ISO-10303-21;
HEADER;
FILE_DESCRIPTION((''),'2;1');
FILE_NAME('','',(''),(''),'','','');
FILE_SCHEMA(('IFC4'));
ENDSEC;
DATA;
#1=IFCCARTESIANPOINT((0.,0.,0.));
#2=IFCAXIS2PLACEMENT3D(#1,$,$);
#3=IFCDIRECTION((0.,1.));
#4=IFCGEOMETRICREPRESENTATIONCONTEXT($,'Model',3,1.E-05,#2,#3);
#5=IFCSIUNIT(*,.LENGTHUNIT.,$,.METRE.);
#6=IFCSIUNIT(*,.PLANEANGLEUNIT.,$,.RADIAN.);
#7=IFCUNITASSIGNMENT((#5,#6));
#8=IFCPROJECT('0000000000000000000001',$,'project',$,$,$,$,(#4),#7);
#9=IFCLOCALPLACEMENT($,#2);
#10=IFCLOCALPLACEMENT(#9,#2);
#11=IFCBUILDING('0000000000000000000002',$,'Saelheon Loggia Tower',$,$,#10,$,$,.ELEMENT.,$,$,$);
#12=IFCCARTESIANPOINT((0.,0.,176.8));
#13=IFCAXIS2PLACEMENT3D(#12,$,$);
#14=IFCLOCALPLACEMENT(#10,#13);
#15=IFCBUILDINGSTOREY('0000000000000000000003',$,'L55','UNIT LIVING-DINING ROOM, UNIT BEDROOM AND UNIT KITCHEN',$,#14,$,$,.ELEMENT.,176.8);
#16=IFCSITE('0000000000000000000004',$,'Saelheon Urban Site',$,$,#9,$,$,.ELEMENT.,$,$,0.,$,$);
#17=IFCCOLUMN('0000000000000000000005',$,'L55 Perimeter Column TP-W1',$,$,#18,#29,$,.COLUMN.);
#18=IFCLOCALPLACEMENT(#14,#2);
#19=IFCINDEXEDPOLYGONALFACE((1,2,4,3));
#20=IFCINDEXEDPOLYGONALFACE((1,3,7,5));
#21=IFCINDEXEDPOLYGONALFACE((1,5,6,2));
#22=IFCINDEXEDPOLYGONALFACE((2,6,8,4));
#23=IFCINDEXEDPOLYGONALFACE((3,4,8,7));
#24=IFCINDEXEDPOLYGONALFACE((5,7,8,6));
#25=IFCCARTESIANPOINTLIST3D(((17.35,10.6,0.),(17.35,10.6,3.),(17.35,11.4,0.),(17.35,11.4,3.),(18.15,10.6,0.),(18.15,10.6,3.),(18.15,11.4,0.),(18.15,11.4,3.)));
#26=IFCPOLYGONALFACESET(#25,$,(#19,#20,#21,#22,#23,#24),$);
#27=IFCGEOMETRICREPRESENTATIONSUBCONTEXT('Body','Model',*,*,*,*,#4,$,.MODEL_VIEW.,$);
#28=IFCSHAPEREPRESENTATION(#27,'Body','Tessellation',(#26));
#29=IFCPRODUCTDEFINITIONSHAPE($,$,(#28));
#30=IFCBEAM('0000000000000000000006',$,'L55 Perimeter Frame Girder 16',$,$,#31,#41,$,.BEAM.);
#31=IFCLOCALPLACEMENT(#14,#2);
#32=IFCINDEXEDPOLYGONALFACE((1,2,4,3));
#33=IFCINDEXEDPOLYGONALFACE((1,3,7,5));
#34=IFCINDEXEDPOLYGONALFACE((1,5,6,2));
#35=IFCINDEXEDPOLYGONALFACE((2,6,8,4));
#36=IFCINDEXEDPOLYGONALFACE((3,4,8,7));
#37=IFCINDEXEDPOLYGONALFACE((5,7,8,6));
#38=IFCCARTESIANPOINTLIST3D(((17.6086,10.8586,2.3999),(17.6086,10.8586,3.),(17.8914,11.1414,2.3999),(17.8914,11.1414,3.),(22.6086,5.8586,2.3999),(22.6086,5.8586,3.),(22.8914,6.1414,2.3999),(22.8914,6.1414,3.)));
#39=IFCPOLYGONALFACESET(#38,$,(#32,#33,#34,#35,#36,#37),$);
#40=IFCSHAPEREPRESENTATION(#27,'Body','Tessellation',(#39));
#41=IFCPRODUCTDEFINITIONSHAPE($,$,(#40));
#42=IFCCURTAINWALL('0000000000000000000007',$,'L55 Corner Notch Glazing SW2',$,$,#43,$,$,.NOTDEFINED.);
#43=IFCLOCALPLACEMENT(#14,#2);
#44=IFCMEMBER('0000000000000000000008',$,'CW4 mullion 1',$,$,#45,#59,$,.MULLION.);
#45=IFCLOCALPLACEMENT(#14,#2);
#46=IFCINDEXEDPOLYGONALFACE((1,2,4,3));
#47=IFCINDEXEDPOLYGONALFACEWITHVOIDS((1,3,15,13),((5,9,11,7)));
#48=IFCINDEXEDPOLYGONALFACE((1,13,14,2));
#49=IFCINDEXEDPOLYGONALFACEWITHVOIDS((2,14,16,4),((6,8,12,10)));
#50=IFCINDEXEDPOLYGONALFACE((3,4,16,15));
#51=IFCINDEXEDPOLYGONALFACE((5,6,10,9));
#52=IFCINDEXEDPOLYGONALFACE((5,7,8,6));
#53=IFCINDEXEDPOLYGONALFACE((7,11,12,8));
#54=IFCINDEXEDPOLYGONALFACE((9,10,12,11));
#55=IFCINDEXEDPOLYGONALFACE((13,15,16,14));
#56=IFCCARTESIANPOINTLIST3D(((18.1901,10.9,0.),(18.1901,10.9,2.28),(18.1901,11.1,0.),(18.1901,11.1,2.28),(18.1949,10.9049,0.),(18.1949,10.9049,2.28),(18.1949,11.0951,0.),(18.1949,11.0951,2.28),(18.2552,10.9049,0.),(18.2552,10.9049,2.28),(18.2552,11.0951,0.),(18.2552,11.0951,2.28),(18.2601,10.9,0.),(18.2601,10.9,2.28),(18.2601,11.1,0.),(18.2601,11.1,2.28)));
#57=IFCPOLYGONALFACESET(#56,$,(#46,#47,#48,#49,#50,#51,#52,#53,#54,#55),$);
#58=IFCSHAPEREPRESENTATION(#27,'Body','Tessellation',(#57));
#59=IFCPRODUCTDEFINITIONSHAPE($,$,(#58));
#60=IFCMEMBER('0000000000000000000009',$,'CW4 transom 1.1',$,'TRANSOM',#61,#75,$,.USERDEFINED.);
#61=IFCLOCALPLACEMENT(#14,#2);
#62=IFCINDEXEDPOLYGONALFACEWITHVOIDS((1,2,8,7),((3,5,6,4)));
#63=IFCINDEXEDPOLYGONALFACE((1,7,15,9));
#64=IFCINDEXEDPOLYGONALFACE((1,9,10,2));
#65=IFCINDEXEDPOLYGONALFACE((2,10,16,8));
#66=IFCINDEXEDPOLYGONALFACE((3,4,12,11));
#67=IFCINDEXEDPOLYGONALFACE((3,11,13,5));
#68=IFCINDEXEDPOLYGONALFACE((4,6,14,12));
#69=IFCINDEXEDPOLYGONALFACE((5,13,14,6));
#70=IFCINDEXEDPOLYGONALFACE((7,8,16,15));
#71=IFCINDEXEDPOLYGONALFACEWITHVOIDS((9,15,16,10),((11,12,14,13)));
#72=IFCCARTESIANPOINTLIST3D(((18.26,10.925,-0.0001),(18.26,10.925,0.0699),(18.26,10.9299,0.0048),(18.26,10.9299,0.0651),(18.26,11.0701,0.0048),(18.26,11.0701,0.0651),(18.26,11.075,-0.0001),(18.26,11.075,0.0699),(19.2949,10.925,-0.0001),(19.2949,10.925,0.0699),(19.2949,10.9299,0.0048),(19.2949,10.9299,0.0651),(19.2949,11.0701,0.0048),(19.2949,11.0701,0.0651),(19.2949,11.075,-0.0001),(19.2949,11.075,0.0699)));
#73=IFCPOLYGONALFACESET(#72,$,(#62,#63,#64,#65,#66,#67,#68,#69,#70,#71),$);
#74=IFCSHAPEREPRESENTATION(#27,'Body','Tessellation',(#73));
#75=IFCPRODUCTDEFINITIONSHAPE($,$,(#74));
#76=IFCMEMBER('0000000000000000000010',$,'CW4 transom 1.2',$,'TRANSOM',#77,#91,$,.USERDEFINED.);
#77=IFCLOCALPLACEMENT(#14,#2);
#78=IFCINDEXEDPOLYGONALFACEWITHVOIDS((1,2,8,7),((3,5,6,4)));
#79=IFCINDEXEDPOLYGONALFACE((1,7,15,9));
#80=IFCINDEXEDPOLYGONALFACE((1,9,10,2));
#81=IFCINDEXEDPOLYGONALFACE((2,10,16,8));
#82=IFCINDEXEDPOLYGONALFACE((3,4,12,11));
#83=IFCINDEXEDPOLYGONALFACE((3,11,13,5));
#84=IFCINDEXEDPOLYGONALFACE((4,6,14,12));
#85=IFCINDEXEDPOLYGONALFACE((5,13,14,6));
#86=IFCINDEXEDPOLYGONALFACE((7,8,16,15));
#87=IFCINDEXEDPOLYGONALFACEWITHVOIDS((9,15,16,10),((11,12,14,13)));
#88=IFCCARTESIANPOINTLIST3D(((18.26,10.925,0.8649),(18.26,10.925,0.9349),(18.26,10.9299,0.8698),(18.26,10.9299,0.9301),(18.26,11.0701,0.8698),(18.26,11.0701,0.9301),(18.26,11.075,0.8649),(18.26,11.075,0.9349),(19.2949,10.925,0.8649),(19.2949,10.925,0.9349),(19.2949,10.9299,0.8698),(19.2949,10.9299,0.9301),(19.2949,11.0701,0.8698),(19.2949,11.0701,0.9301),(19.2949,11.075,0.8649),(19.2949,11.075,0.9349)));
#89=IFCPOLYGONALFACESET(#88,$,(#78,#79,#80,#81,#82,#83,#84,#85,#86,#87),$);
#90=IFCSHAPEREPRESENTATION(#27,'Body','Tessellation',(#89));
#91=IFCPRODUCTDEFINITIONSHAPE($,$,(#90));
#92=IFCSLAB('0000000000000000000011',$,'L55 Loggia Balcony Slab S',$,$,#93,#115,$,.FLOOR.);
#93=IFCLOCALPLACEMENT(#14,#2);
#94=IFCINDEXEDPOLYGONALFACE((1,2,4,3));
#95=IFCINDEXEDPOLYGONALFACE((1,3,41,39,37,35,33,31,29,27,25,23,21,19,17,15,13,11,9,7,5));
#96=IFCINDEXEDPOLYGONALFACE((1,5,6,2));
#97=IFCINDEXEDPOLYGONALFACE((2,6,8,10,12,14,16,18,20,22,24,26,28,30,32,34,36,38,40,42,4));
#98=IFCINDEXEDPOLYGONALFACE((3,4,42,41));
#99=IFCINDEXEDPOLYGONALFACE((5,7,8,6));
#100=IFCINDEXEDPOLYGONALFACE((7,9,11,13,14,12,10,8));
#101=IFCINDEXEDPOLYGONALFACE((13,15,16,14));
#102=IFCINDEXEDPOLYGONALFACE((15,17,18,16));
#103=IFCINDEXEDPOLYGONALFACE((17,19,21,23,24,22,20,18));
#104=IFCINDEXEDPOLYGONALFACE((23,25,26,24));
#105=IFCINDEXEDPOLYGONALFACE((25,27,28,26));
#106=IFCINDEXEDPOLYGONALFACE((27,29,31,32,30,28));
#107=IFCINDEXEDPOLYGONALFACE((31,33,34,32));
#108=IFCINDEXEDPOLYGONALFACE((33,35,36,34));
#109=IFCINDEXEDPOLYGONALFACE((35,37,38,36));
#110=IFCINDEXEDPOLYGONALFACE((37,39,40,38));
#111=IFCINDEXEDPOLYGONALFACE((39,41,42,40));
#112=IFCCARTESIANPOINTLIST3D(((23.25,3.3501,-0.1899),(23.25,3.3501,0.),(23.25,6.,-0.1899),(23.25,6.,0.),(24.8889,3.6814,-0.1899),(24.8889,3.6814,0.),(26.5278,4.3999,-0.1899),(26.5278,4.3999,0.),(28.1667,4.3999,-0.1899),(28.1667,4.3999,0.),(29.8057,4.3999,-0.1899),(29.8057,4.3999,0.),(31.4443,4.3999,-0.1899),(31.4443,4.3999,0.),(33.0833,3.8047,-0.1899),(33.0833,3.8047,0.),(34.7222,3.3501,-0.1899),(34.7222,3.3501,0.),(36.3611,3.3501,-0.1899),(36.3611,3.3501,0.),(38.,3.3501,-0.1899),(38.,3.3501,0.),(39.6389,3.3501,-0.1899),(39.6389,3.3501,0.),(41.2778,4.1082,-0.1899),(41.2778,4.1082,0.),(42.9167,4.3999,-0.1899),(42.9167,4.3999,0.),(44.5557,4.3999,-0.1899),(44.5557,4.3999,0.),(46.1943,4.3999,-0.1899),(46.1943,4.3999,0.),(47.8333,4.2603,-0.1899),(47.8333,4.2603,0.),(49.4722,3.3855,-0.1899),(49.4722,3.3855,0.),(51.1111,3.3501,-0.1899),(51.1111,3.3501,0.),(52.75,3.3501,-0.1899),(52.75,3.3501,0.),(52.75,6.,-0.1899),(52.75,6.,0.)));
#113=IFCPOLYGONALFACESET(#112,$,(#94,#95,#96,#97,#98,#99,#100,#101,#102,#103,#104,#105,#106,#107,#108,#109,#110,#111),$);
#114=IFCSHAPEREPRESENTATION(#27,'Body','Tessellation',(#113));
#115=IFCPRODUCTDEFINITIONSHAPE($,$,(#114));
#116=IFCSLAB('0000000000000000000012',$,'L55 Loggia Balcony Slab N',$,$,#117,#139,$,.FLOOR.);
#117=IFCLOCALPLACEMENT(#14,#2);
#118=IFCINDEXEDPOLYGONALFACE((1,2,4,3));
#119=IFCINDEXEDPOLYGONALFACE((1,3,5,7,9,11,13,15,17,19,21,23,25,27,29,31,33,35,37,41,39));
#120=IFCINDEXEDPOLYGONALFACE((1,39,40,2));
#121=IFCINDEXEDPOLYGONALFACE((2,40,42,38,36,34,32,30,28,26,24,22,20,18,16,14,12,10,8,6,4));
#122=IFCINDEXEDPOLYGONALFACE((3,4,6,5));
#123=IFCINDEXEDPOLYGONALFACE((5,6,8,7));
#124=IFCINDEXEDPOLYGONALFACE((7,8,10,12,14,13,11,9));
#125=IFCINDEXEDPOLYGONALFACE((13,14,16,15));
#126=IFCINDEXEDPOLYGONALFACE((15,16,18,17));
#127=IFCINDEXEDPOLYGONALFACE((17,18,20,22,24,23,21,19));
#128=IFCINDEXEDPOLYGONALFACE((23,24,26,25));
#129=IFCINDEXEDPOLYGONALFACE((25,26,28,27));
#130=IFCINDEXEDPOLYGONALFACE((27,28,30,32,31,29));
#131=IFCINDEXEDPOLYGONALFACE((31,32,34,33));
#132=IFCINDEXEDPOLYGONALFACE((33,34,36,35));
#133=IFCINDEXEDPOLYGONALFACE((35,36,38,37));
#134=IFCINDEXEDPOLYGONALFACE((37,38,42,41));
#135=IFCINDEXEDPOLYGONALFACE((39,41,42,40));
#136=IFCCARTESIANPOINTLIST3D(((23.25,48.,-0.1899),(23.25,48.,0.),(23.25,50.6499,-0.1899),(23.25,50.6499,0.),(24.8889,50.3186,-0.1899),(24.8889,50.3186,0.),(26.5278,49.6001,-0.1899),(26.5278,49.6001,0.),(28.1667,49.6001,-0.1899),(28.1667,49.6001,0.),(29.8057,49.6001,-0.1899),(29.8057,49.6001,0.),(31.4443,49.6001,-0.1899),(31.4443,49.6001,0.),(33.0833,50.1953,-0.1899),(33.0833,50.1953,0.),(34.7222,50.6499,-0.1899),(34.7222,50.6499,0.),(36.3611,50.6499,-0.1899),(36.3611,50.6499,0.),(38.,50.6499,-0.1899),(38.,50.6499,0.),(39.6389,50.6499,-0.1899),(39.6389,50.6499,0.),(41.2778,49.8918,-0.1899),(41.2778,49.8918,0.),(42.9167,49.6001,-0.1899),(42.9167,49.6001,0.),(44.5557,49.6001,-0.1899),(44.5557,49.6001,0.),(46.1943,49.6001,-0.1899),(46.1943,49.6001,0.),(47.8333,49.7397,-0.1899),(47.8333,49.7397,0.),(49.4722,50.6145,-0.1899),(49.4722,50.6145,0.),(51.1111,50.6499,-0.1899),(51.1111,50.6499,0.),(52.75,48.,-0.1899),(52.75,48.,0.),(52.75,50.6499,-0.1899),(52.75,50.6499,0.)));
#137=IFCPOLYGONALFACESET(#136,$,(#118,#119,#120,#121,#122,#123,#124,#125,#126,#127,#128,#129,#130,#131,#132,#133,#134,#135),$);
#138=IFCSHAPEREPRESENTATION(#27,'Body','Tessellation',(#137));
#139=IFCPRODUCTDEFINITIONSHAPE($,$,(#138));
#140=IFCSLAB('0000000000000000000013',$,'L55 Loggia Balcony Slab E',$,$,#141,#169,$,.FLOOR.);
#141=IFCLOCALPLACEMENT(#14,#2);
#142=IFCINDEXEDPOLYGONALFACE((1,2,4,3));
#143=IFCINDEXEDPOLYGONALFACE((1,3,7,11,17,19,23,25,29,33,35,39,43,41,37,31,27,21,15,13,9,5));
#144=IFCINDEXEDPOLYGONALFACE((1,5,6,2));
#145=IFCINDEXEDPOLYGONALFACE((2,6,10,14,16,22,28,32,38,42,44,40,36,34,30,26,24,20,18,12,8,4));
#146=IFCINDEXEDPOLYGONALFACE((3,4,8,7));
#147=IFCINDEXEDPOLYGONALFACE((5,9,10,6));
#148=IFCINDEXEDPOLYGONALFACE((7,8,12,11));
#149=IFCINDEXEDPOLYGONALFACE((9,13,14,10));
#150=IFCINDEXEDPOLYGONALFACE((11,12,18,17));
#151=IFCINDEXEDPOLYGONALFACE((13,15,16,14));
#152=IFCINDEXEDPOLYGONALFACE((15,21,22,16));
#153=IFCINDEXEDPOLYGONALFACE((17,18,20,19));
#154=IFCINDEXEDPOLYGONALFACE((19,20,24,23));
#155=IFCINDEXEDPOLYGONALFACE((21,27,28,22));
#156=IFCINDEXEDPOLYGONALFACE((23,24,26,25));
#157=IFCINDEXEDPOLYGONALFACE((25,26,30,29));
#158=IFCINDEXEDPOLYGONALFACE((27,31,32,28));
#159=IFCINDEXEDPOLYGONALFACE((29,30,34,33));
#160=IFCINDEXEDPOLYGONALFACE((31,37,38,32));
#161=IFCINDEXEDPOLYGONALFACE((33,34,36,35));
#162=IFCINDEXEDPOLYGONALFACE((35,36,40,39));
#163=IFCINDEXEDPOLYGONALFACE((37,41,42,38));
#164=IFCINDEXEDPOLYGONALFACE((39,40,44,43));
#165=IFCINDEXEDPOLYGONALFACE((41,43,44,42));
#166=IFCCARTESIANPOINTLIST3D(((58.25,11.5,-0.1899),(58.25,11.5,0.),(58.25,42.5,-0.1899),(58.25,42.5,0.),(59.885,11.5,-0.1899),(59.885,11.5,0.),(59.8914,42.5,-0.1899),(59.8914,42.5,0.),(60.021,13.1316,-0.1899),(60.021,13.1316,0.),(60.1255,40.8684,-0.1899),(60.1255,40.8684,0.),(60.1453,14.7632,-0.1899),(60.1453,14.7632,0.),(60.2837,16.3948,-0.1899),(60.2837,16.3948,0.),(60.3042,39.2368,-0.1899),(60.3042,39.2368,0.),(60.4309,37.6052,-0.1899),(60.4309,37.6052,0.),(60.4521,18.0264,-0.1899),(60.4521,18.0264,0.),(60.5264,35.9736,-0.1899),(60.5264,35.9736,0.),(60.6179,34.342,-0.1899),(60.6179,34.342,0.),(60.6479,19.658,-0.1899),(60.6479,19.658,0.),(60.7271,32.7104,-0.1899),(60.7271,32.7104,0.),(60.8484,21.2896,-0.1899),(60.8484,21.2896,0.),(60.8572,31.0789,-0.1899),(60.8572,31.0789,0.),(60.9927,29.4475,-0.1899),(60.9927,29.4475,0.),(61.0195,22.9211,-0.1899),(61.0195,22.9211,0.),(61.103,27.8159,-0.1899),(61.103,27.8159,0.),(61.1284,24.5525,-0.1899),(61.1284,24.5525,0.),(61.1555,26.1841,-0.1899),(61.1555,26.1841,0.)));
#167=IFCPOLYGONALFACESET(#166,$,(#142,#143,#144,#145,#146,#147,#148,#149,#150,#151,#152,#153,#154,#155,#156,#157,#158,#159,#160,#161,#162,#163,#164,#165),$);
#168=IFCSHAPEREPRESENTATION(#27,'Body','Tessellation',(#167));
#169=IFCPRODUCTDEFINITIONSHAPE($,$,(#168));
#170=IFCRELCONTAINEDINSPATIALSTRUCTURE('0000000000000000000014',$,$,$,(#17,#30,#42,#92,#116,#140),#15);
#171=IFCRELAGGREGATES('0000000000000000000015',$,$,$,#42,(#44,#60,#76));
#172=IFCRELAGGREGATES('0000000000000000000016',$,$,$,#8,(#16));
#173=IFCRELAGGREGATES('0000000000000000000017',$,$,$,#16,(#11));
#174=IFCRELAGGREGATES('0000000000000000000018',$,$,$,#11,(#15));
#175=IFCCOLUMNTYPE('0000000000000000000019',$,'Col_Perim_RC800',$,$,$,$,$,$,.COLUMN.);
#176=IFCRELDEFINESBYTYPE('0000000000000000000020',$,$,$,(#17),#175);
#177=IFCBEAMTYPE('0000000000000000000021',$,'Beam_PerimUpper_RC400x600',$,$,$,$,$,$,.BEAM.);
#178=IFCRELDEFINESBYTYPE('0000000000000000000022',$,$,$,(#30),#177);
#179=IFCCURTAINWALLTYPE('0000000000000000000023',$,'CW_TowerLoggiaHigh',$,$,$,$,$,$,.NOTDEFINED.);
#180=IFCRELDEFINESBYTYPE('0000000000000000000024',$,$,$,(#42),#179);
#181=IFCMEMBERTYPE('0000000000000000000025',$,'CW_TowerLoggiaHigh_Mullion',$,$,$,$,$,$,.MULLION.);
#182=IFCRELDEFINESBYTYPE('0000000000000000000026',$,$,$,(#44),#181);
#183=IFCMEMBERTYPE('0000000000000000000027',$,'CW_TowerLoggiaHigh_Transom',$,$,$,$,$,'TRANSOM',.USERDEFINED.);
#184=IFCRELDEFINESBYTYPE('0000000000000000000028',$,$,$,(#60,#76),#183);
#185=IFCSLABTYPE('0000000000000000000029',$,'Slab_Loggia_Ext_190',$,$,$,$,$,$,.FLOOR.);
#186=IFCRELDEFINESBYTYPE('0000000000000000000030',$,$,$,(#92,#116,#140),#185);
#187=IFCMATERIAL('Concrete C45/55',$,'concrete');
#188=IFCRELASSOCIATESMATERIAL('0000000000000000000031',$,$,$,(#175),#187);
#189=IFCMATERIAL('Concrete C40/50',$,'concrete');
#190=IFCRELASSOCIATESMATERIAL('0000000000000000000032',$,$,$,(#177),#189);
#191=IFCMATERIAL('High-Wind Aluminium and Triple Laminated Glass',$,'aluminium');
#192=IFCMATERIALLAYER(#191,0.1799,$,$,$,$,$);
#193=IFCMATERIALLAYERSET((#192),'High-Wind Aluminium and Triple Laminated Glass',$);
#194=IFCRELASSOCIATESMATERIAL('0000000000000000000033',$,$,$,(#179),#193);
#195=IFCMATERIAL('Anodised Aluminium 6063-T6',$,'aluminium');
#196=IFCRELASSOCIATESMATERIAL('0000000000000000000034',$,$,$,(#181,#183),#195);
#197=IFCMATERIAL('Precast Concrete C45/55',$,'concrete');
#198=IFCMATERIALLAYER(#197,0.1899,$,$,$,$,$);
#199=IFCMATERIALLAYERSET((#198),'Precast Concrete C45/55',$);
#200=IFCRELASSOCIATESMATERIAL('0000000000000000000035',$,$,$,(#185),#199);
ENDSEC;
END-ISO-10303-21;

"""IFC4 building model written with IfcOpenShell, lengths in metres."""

from ifc_helpers import new_model, si_unit, direction, frame, origin, origin_2d, place, context, subcontext, project, spatial, polyline, rectangle, hollow_rectangle, outline, extrude, source, transform, mapped, material, layer, layer_set, material_profile, profile_set, type_object, element, aggregate, save


model = new_model("IFC4")

# Units and contexts
model_context = context("Model", 3, precision=1e-05, world=origin(), true_north=direction((0.0, 1.0)))
body_context = subcontext(model_context, "Body", "Model", "MODEL_VIEW")
ifc_project = project(units=[si_unit("LENGTHUNIT", "METRE"), si_unit("PLANEANGLEUNIT", "RADIAN")], contexts=[model_context])

# Site, building, storey
site_placement = place(None, origin())
site = spatial("IfcSite", under=ifc_project, at=site_placement, Name="Saelheon Urban Site", CompositionType="ELEMENT", RefElevation=0.0)
building_placement = place(site_placement, origin())
building = spatial("IfcBuilding", under=site, at=building_placement, Name="Saelheon Loggia Tower", CompositionType="ELEMENT")
storey_placement = place(building_placement, frame((0.0, 0.0, 176.8)))
storey = spatial("IfcBuildingStorey", under=building, at=storey_placement, Name="L55", Description="UNIT LIVING-DINING ROOM, UNIT BEDROOM AND UNIT KITCHEN", CompositionType="ELEMENT", Elevation=176.8)

# Column
ifc_material_1 = material(Name="Concrete C45/55", Category="concrete")
ifc_material_profile_1 = material_profile(ifc_material_1, rectangle(XDim=0.8, YDim=0.8, at=origin_2d()), Name="RC-800x800")
ifc_profile_set_1 = profile_set([ifc_material_profile_1], Name="Concrete C45/55")
column_type = type_object("IfcColumnType", Name="Col_Perim_RC800", PredefinedType="COLUMN", material=ifc_profile_set_1)
shared_shape_1 = source(origin(), body_context, "Body", "SweptSolid", [
    extrude(rectangle(XDim=0.8, YDim=0.8, at=origin_2d()), origin(), (0.0, 0.0, 1.0), 3.0),
])
column_placement = place(storey_placement, frame((17.75, 11.0, 0.0), z_axis=(0.0, 0.0, 1.0), x_axis=(1.0, 0.0, 0.0)))
element("IfcColumn", 1, at=column_placement, inside=storey, type_object=column_type, Name="L55 Perimeter Column TP-W1", PredefinedType="COLUMN", context=body_context, shape_type="MappedRepresentation", body=[
    mapped(shared_shape_1, transform((0.0, 0.0, 0.0), scale=1.0)),
])

# Beam
ifc_material_2 = material(Name="Concrete C40/50", Category="concrete")
ifc_material_profile_2 = material_profile(ifc_material_2, rectangle(XDim=0.3999, YDim=0.6001, at=origin_2d()), Name="RC-400x600")
ifc_profile_set_2 = profile_set([ifc_material_profile_2], Name="Concrete C40/50")
beam_type = type_object("IfcBeamType", Name="Beam_PerimUpper_RC400x600", PredefinedType="BEAM", material=ifc_profile_set_2)
shared_shape_2 = source(origin(), body_context, "Body", "SweptSolid", [
    extrude(rectangle(XDim=0.3999, YDim=0.6001, at=origin_2d()), origin(), (0.0, 0.0, 1.0), 7.071),
])
beam_placement = place(storey_placement, frame((17.75, 11.0, 2.7), z_axis=(0.707107, -0.707107, 0.0), x_axis=(0.707107, 0.707107, 0.0)))
element("IfcBeam", 2, at=beam_placement, inside=storey, type_object=beam_type, Name="L55 Perimeter Frame Girder 16", PredefinedType="BEAM", context=body_context, shape_type="MappedRepresentation", body=[
    mapped(shared_shape_2, transform((0.0, 0.0, 0.0), scale=1.0)),
])

# Curtain wall, members
ifc_material_3 = material(Name="High-Wind Aluminium and Triple Laminated Glass", Category="aluminium")
ifc_layer_1 = layer(ifc_material_3, 0.1799)
ifc_layer_set_1 = layer_set([ifc_layer_1], Name="High-Wind Aluminium and Triple Laminated Glass")
curtain_wall_type = type_object("IfcCurtainWallType", Name="CW_TowerLoggiaHigh", PredefinedType="NOTDEFINED", material=ifc_layer_set_1)
curtain_wall_placement = place(storey_placement, origin())
curtain_wall = element("IfcCurtainWall", 3, at=curtain_wall_placement, inside=storey, type_object=curtain_wall_type, Name="L55 Corner Notch Glazing SW2", PredefinedType="NOTDEFINED")
ifc_material_4 = material(Name="Anodised Aluminium 6063-T6", Category="aluminium")
ifc_material_profile_3 = material_profile(ifc_material_4, hollow_rectangle(XDim=0.0701, YDim=0.2, WallThickness=0.0049, at=origin_2d()), Name="RHS-200x70x5")
ifc_profile_set_3 = profile_set([ifc_material_profile_3], Name="Anodised Aluminium 6063-T6")
member_type_1 = type_object("IfcMemberType", Name="CW_TowerLoggiaHigh_Mullion", PredefinedType="MULLION", material=ifc_profile_set_3)
shared_shape_3 = source(origin(), body_context, "Body", "SweptSolid", [
    extrude(hollow_rectangle(XDim=0.0701, YDim=0.2, WallThickness=0.0049, at=origin_2d()), origin(), (0.0, 0.0, 1.0), 2.28),
])
member_1_placement = place(storey_placement, frame((18.2251, 11.0, 0.0), z_axis=(0.0, 0.0, 1.0), x_axis=(1.0, 0.0, 0.0)))
member_1 = element("IfcMember", 4, at=member_1_placement, type_object=member_type_1, Name="CW4 mullion 1", PredefinedType="MULLION", context=body_context, shape_type="MappedRepresentation", body=[
    mapped(shared_shape_3, transform((0.0, 0.0, 0.0), scale=1.0)),
])
ifc_material_profile_4 = material_profile(ifc_material_4, hollow_rectangle(XDim=0.0701, YDim=0.1499, WallThickness=0.0049, at=origin_2d()), Name="RHS-150x70x5")
ifc_profile_set_4 = profile_set([ifc_material_profile_4], Name="Anodised Aluminium 6063-T6")
member_type_2 = type_object("IfcMemberType", Name="CW_TowerLoggiaHigh_Transom", ElementType="TRANSOM", PredefinedType="USERDEFINED", material=ifc_profile_set_4)
shared_shape_4 = source(origin(), body_context, "Body", "SweptSolid", [
    extrude(hollow_rectangle(XDim=0.0701, YDim=0.1499, WallThickness=0.0049, at=origin_2d()), origin(), (0.0, 0.0, 1.0), 1.0349),
])
member_2_placement = place(storey_placement, frame((18.26, 11.0, 0.0349), z_axis=(1.0, 0.0, 0.0), x_axis=(0.0, 0.0, 1.0)))
member_2 = element("IfcMember", 5, at=member_2_placement, type_object=member_type_2, Name="CW4 transom 1.1", ObjectType="TRANSOM", PredefinedType="USERDEFINED", context=body_context, shape_type="MappedRepresentation", body=[
    mapped(shared_shape_4, transform((0.0, 0.0, 0.0), scale=1.0)),
])
member_3_placement = place(storey_placement, frame((18.26, 11.0, 0.8999), z_axis=(1.0, 0.0, 0.0), x_axis=(0.0, 0.0, 1.0)))
member_3 = element("IfcMember", 6, at=member_3_placement, type_object=member_type_2, Name="CW4 transom 1.2", ObjectType="TRANSOM", PredefinedType="USERDEFINED", context=body_context, shape_type="MappedRepresentation", body=[
    mapped(shared_shape_4, transform((0.0, 0.0, 0.0), scale=1.0)),
])
aggregate(curtain_wall, [member_1, member_2, member_3])

# Slabs
ifc_material_5 = material(Name="Precast Concrete C45/55", Category="concrete")
ifc_layer_2 = layer(ifc_material_5, 0.1899)
ifc_layer_set_2 = layer_set([ifc_layer_2], Name="Precast Concrete C45/55")
slab_type_1 = type_object("IfcSlabType", Name="Slab_Loggia_Ext_190", PredefinedType="FLOOR", material=ifc_layer_set_2)
slab_1_placement = place(storey_placement, frame((0.0, 0.0, -0.1899)))
element("IfcSlab", 7, at=slab_1_placement, inside=storey, type_object=slab_type_1, Name="L55 Loggia Balcony Slab S", PredefinedType="FLOOR", context=body_context, shape_type="SweptSolid", body=[
    extrude(outline(polyline([(23.25, 3.3501), (24.8889, 3.6814), (26.5278, 4.3999), (28.1667, 4.3999), (29.8057, 4.3999), (31.4443, 4.3999), (33.0833, 3.8047), (34.7222, 3.3501), (36.3611, 3.3501), (38.0, 3.3501), (39.6389, 3.3501), (41.2778, 4.1082), (42.9167, 4.3999), (44.5557, 4.3999), (46.1943, 4.3999), (47.8333, 4.2603), (49.4722, 3.3855), (51.1111, 3.3501), (52.75, 3.3501), (52.75, 6.0), (23.25, 6.0), (23.25, 3.3501)])), origin(), (0.0, 0.0, 1.0), 0.1899),
])
slab_2_placement = place(storey_placement, frame((0.0, 0.0, -0.1899)))
element("IfcSlab", 8, at=slab_2_placement, inside=storey, type_object=slab_type_1, Name="L55 Loggia Balcony Slab N", PredefinedType="FLOOR", context=body_context, shape_type="SweptSolid", body=[
    extrude(outline(polyline([(23.25, 48.0), (52.75, 48.0), (52.75, 50.6499), (51.1111, 50.6499), (49.4722, 50.6145), (47.8333, 49.7397), (46.1943, 49.6001), (44.5557, 49.6001), (42.9167, 49.6001), (41.2778, 49.8918), (39.6389, 50.6499), (38.0, 50.6499), (36.3611, 50.6499), (34.7222, 50.6499), (33.0833, 50.1953), (31.4443, 49.6001), (29.8057, 49.6001), (28.1667, 49.6001), (26.5278, 49.6001), (24.8889, 50.3186), (23.25, 50.6499), (23.25, 48.0)])), origin(), (0.0, 0.0, 1.0), 0.1899),
])
slab_3_placement = place(storey_placement, frame((0.0, 0.0, -0.1899)))
element("IfcSlab", 9, at=slab_3_placement, inside=storey, type_object=slab_type_1, Name="L55 Loggia Balcony Slab E", PredefinedType="FLOOR", context=body_context, shape_type="SweptSolid", body=[
    extrude(outline(polyline([(58.25, 11.5), (59.885, 11.5), (60.021, 13.1316), (60.1453, 14.7632), (60.2837, 16.3948), (60.4521, 18.0264), (60.6479, 19.658), (60.8484, 21.2896), (61.0195, 22.9211), (61.1284, 24.5525), (61.1555, 26.1841), (61.103, 27.8159), (60.9927, 29.4475), (60.8572, 31.0789), (60.7271, 32.7104), (60.6179, 34.342), (60.5264, 35.9736), (60.4309, 37.6052), (60.3042, 39.2368), (60.1255, 40.8684), (59.8914, 42.5), (58.25, 42.5), (58.25, 11.5)])), origin(), (0.0, 0.0, 1.0), 0.1899),
])

save(model, "model.ifc")
